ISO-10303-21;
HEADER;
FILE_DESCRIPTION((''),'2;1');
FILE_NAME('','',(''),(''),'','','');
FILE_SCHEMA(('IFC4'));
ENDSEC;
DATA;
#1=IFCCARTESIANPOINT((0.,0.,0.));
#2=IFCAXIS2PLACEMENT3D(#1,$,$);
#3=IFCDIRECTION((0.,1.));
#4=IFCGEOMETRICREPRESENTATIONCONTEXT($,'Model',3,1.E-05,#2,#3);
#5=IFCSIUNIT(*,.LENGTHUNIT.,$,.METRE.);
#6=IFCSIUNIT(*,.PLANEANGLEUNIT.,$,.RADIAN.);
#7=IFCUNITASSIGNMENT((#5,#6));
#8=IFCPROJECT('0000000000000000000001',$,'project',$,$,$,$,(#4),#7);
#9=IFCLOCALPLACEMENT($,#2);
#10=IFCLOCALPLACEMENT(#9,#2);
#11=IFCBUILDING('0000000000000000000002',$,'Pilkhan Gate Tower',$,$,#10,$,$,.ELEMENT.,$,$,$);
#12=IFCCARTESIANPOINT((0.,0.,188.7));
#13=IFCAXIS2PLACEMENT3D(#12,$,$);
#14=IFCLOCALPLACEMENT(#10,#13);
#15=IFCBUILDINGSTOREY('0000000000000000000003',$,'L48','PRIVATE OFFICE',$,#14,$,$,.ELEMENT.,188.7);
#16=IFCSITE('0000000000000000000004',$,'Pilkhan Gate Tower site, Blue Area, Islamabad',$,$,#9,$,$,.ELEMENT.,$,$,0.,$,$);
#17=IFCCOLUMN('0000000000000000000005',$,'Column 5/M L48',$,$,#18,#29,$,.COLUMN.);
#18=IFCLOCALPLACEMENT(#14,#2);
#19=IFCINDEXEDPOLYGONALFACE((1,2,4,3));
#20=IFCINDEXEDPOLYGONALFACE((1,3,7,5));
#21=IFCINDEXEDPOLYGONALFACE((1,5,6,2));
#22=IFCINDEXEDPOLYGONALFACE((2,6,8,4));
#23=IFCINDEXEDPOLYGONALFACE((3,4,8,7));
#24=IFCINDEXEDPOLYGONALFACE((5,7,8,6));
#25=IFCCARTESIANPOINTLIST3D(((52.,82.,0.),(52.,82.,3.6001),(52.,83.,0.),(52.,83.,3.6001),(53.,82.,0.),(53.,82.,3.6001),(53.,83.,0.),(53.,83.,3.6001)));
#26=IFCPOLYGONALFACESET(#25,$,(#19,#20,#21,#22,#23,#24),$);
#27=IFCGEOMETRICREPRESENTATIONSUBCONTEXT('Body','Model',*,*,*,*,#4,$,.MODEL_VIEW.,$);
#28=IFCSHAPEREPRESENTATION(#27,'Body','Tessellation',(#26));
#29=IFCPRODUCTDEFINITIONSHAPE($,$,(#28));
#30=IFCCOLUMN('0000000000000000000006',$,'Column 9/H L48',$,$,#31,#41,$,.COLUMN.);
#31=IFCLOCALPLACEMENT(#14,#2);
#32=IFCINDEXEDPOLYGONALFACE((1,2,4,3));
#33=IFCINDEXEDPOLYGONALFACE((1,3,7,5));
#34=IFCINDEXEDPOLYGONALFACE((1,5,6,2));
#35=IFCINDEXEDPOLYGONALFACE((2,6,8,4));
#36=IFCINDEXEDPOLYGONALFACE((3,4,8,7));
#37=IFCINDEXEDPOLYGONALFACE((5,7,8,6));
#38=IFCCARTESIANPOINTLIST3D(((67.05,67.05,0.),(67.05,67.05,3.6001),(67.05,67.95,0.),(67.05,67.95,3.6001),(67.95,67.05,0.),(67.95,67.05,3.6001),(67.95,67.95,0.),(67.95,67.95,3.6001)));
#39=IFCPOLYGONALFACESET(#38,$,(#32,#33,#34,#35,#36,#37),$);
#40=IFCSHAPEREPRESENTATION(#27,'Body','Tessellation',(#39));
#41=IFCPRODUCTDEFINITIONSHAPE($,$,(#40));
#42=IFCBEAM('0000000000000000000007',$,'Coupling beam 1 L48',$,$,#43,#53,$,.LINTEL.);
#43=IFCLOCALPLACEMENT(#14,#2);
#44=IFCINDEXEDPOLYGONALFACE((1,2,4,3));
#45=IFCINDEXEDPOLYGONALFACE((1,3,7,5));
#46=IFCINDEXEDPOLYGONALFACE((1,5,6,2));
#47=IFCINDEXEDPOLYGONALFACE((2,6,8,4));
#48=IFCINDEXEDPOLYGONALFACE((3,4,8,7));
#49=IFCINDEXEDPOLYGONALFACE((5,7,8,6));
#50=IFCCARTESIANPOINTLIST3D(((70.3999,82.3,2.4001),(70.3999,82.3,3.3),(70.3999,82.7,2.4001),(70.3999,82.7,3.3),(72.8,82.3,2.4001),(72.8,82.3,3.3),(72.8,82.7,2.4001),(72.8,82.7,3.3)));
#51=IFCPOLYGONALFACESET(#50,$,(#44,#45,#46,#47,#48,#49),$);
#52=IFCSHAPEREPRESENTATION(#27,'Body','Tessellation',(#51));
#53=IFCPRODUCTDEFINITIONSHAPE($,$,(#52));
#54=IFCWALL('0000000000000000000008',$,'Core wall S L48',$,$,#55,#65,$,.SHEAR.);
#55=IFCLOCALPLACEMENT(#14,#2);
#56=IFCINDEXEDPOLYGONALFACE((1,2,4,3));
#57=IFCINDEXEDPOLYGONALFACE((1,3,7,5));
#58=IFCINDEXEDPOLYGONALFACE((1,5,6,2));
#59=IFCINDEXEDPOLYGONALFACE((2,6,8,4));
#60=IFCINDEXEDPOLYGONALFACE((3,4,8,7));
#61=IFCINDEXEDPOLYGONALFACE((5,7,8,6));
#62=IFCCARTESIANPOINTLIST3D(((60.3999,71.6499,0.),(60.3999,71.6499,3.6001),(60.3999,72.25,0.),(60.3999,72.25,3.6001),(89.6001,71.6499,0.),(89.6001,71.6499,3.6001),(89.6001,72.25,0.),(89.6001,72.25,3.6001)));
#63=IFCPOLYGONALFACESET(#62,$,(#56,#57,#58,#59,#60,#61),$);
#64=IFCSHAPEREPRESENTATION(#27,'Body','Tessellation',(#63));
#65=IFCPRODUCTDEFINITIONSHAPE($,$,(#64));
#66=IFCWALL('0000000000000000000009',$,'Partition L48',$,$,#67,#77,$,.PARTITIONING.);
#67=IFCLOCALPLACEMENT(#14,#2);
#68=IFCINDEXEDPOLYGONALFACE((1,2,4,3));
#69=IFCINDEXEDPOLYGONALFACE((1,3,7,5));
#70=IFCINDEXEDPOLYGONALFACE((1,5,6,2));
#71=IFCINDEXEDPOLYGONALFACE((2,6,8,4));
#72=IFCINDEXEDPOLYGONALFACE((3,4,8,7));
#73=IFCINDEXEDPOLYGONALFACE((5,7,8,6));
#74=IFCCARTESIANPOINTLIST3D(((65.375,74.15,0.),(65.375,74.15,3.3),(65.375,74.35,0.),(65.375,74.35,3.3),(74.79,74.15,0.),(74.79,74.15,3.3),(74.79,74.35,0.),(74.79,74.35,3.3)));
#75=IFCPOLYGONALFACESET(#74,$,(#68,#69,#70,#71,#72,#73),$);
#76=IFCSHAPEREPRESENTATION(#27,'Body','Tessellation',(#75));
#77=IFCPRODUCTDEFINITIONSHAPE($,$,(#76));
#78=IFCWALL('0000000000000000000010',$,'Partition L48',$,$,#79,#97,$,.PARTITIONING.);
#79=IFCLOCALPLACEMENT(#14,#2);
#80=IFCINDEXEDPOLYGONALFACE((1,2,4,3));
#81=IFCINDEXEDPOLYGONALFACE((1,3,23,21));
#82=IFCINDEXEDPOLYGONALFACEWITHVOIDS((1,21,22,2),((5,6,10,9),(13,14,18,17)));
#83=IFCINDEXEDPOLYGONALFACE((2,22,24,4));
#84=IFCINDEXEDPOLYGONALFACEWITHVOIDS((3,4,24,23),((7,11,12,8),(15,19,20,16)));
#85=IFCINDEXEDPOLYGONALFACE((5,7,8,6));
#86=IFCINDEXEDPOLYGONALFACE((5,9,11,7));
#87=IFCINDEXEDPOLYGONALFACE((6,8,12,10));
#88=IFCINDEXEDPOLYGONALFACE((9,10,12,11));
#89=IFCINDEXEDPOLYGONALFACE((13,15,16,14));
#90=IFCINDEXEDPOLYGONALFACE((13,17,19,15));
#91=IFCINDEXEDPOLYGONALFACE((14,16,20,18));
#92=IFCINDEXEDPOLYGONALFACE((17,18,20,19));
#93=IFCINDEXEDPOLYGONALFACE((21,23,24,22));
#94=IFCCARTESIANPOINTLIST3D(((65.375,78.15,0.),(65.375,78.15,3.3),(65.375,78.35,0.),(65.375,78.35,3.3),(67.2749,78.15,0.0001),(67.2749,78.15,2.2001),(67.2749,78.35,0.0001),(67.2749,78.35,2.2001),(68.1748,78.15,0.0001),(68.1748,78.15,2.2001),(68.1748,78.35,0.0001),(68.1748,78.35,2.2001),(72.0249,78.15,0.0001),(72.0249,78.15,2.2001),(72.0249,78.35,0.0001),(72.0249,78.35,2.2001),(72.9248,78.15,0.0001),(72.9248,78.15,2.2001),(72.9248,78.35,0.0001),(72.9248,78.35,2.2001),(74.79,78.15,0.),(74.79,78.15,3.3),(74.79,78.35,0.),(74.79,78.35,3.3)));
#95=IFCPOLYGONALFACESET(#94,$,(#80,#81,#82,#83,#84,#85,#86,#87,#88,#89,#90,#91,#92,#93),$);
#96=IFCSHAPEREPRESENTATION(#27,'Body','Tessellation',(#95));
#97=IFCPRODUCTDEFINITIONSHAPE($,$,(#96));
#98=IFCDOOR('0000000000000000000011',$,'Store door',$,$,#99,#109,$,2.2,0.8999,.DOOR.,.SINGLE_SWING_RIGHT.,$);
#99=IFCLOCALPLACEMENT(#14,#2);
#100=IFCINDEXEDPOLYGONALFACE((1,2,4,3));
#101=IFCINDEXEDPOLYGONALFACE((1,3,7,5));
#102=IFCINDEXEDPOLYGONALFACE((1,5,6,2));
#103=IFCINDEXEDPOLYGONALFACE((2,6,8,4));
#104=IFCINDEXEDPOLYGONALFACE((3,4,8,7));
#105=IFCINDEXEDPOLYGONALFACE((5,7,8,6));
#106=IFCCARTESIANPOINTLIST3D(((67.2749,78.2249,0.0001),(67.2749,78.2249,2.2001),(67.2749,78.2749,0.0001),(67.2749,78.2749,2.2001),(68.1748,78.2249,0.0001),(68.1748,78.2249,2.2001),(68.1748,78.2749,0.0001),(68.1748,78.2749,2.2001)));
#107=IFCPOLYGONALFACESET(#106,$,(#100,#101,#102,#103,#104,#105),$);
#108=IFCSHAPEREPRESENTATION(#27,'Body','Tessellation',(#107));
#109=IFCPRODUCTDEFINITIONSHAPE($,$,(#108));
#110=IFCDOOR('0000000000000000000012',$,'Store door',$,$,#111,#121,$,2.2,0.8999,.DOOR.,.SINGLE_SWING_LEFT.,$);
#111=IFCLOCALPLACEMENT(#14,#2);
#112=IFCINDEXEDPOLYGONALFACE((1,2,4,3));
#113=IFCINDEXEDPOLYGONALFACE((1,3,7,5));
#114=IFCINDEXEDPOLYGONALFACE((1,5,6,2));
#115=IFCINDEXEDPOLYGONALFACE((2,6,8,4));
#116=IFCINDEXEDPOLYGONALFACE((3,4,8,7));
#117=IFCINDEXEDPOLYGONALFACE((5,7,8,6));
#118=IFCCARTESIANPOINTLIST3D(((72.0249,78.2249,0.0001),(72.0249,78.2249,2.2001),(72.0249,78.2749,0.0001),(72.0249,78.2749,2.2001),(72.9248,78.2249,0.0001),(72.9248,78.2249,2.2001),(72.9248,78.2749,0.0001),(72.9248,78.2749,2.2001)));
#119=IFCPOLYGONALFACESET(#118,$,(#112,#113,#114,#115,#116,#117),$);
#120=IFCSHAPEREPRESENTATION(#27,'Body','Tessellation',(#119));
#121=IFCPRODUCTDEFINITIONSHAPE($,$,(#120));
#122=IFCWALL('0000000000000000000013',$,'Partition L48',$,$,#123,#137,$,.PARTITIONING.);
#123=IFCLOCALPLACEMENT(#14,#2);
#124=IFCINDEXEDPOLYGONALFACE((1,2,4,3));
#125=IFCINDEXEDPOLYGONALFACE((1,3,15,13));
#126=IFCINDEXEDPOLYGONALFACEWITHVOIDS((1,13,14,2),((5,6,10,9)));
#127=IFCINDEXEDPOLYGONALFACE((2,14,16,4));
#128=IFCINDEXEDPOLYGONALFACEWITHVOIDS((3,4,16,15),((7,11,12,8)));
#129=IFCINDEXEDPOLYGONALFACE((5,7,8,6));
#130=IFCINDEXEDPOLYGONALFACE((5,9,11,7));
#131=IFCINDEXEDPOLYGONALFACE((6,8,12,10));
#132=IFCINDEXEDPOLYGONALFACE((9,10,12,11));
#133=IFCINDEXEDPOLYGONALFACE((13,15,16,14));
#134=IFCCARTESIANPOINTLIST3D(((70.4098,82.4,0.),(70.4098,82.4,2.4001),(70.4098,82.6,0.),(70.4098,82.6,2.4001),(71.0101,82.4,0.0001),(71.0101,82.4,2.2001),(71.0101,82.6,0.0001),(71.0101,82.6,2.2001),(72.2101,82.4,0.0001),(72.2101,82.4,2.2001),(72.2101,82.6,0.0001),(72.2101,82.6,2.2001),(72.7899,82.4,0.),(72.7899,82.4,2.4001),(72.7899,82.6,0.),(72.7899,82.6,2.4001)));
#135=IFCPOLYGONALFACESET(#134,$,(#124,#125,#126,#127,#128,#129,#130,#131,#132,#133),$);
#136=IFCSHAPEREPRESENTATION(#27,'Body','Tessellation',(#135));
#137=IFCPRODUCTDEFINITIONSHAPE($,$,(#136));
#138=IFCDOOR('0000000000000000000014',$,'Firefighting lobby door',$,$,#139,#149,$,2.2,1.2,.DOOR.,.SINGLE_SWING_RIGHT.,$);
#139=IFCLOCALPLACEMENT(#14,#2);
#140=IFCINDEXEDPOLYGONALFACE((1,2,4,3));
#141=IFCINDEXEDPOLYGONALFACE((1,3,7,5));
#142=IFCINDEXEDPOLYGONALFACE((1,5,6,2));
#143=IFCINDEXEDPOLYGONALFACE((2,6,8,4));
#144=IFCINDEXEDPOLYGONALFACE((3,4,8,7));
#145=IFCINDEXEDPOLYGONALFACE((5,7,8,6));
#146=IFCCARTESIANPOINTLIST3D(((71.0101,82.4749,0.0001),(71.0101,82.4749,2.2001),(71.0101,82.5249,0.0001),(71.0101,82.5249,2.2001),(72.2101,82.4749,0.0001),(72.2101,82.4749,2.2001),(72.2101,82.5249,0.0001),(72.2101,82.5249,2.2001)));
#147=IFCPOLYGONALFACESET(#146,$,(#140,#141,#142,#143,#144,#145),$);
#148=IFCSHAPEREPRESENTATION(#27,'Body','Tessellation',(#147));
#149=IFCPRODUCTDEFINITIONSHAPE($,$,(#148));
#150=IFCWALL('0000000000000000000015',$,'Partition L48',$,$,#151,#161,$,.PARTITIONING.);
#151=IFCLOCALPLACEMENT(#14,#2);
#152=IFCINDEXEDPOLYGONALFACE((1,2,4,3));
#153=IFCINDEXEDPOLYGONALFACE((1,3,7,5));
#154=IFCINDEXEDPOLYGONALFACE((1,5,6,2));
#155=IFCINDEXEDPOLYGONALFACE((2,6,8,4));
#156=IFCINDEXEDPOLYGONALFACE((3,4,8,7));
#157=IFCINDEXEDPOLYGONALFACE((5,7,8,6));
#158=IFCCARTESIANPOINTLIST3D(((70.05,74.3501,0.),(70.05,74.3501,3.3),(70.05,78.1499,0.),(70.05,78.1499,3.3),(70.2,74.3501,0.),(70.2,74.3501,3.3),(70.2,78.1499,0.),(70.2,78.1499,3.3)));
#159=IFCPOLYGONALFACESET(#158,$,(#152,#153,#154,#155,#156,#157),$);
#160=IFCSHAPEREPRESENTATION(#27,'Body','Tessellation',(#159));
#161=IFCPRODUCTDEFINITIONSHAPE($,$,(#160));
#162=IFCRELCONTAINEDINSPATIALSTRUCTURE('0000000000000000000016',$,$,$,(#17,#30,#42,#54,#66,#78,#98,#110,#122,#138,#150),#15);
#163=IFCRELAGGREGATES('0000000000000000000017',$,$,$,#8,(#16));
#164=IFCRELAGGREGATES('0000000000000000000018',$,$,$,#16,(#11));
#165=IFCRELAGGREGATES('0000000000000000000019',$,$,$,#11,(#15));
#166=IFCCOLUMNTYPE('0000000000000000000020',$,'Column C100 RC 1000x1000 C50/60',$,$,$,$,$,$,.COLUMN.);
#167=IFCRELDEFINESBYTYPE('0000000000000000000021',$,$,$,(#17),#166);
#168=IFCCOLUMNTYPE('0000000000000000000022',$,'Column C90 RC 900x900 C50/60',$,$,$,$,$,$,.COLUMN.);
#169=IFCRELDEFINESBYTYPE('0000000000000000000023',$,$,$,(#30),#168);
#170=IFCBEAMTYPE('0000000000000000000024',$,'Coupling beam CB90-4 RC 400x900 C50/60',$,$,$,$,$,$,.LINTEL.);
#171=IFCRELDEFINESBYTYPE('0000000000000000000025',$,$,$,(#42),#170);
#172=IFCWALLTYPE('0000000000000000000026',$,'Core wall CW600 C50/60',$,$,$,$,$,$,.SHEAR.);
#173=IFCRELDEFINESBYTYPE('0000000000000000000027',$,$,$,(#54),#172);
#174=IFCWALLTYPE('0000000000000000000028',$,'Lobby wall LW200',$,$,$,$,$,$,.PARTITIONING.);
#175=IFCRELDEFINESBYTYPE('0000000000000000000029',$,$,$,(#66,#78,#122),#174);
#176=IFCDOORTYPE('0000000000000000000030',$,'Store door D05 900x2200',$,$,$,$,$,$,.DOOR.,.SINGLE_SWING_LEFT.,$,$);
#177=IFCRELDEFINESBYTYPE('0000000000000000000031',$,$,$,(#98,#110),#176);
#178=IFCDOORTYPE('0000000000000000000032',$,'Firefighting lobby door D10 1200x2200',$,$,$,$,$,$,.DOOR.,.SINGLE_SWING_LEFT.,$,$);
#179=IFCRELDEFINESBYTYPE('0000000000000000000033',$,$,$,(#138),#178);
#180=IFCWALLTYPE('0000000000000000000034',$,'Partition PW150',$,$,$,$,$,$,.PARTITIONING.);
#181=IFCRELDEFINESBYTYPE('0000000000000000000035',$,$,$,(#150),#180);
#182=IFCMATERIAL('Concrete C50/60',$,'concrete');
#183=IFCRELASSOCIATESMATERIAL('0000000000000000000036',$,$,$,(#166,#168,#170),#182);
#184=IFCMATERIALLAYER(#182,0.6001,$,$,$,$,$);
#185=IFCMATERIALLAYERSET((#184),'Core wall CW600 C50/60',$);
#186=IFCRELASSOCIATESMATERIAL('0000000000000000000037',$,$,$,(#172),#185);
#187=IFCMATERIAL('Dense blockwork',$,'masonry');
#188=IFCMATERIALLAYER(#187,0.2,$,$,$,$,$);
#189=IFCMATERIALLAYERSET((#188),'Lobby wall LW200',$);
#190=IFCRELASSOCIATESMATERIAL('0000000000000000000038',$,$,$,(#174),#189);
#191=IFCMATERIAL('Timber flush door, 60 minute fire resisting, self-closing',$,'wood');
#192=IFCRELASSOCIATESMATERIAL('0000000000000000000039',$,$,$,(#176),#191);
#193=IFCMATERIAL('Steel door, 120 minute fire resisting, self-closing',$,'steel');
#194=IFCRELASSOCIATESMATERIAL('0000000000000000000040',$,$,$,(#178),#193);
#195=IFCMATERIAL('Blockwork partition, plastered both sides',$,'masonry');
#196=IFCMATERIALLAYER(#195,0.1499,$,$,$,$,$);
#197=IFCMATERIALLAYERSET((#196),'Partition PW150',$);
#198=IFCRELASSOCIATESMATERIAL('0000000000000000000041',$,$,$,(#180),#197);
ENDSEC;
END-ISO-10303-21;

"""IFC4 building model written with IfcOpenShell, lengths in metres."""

from ifc_helpers import new_model, si_unit, direction, frame, frame_2d, origin, origin_2d, place, context, subcontext, project, spatial, rectangle, extrude, material, layer, layer_set, material_profile, profile_set, type_object, element, fill, save


model = new_model("IFC4")

# Units and contexts
model_context = context("Model", 3, precision=1e-05, world=origin(), true_north=direction((0.0, 1.0)))
body_context = subcontext(model_context, "Body", "Model", "MODEL_VIEW")
ifc_project = project(units=[si_unit("LENGTHUNIT", "METRE"), si_unit("PLANEANGLEUNIT", "RADIAN")], contexts=[model_context])

# Site, building, storey
site_placement = place(None, origin())
site = spatial("IfcSite", under=ifc_project, at=site_placement, Name="Pilkhan Gate Tower site, Blue Area, Islamabad", CompositionType="ELEMENT", RefElevation=0.0)
building_placement = place(site_placement, origin())
building = spatial("IfcBuilding", under=site, at=building_placement, Name="Pilkhan Gate Tower", CompositionType="ELEMENT")
storey_placement = place(building_placement, frame((0.0, 0.0, 188.7)))
storey = spatial("IfcBuildingStorey", under=building, at=storey_placement, Name="L48", Description="PRIVATE OFFICE", CompositionType="ELEMENT", Elevation=188.7)

# Columns
ifc_material_1 = material(Name="Concrete C50/60", Category="concrete")
ifc_material_profile_1 = material_profile(ifc_material_1, rectangle(XDim=1.0, YDim=1.0, at=origin_2d()), Name="RC 1000x1000")
ifc_profile_set_1 = profile_set([ifc_material_profile_1], Name="Concrete C50/60")
column_type_1 = type_object("IfcColumnType", Name="Column C100 RC 1000x1000 C50/60", PredefinedType="COLUMN", material=ifc_profile_set_1)
column_1_placement = place(storey_placement, frame((52.5, 82.5, 0.0), z_axis=(0.0, 0.0, 1.0), x_axis=(1.0, 0.0, 0.0)))
element("IfcColumn", 1, at=column_1_placement, inside=storey, type_object=column_type_1, Name="Column 5/M L48", PredefinedType="COLUMN", context=body_context, shape_type="SweptSolid", body=[
    extrude(rectangle(XDim=1.0, YDim=1.0, at=origin_2d()), origin(), (0.0, 0.0, 1.0), 3.6001),
])
ifc_material_profile_2 = material_profile(ifc_material_1, rectangle(XDim=0.8999, YDim=0.8999, at=origin_2d()), Name="RC 900x900")
ifc_profile_set_2 = profile_set([ifc_material_profile_2], Name="Concrete C50/60")
column_type_2 = type_object("IfcColumnType", Name="Column C90 RC 900x900 C50/60", PredefinedType="COLUMN", material=ifc_profile_set_2)
column_2_placement = place(storey_placement, frame((67.5, 67.5, 0.0), z_axis=(0.0, 0.0, 1.0), x_axis=(1.0, 0.0, 0.0)))
element("IfcColumn", 2, at=column_2_placement, inside=storey, type_object=column_type_2, Name="Column 9/H L48", PredefinedType="COLUMN", context=body_context, shape_type="SweptSolid", body=[
    extrude(rectangle(XDim=0.8999, YDim=0.8999, at=origin_2d()), origin(), (0.0, 0.0, 1.0), 3.6001),
])

# Beam
ifc_material_profile_3 = material_profile(ifc_material_1, rectangle(XDim=0.3999, YDim=0.8999, at=origin_2d()), Name="RC 400x900")
ifc_profile_set_3 = profile_set([ifc_material_profile_3], Name="Concrete C50/60")
beam_type = type_object("IfcBeamType", Name="Coupling beam CB90-4 RC 400x900 C50/60", PredefinedType="LINTEL", material=ifc_profile_set_3)
beam_placement = place(storey_placement, frame((70.3999, 82.5, 2.8501), z_axis=(1.0, 0.0, 0.0), x_axis=(0.0, 1.0, 0.0)))
element("IfcBeam", 3, at=beam_placement, inside=storey, type_object=beam_type, Name="Coupling beam 1 L48", PredefinedType="LINTEL", context=body_context, shape_type="SweptSolid", body=[
    extrude(rectangle(XDim=0.3999, YDim=0.8999, at=origin_2d()), origin(), (0.0, 0.0, 1.0), 2.4001),
])

# Walls
ifc_layer_1 = layer(ifc_material_1, 0.6001)
ifc_layer_set_1 = layer_set([ifc_layer_1], Name="Core wall CW600 C50/60")
wall_type_1 = type_object("IfcWallType", Name="Core wall CW600 C50/60", PredefinedType="SHEAR", material=ifc_layer_set_1)
wall_1_placement = place(storey_placement, frame((60.3999, 71.95, 0.0), z_axis=(0.0, 0.0, 1.0), x_axis=(1.0, 0.0, 0.0)))
element("IfcWall", 4, at=wall_1_placement, inside=storey, type_object=wall_type_1, Name="Core wall S L48", PredefinedType="SHEAR", context=body_context, shape_type="SweptSolid", body=[
    extrude(rectangle(XDim=29.2002, YDim=0.6001, at=frame_2d((14.6001, 0.0))), origin(), (0.0, 0.0, 1.0), 3.6001),
])
ifc_material_2 = material(Name="Dense blockwork", Category="masonry")
ifc_layer_2 = layer(ifc_material_2, 0.2)
ifc_layer_set_2 = layer_set([ifc_layer_2], Name="Lobby wall LW200")
wall_type_2 = type_object("IfcWallType", Name="Lobby wall LW200", PredefinedType="PARTITIONING", material=ifc_layer_set_2)
wall_2_placement = place(storey_placement, frame((65.375, 74.25, 0.0), z_axis=(0.0, 0.0, 1.0), x_axis=(1.0, 0.0, 0.0)))
element("IfcWall", 5, at=wall_2_placement, inside=storey, type_object=wall_type_2, Name="Partition L48", PredefinedType="PARTITIONING", context=body_context, shape_type="SweptSolid", body=[
    extrude(rectangle(XDim=9.415, YDim=0.2, at=frame_2d((4.7075, 0.0))), origin(), (0.0, 0.0, 1.0), 3.3),
])

# Wall, openings, doors
wall_3_placement = place(storey_placement, frame((65.375, 78.25, 0.0), z_axis=(0.0, 0.0, 1.0), x_axis=(1.0, 0.0, 0.0)))
wall_3 = element("IfcWall", 6, at=wall_3_placement, inside=storey, type_object=wall_type_2, Name="Partition L48", PredefinedType="PARTITIONING", context=body_context, shape_type="SweptSolid", body=[
    extrude(rectangle(XDim=9.415, YDim=0.2, at=frame_2d((4.7075, 0.0))), origin(), (0.0, 0.0, 1.0), 3.3),
])
opening_1_placement = place(wall_3_placement, frame((1.8999, 0.0, 0.0)))
opening_1 = element("IfcOpeningElement", 7, at=opening_1_placement, cuts=wall_3, PredefinedType="OPENING", context=body_context, shape_type="SweptSolid", body=[
    extrude(rectangle(XDim=0.8999, YDim=2.2, at=frame_2d((0.45, 1.1001))), frame((0.0, 0.1099, 0.0), z_axis=(0.0, -1.0, 0.0), x_axis=(1.0, 0.0, 0.0)), (0.0, 0.0, 1.0), 0.22),
])
opening_2_placement = place(wall_3_placement, frame((6.6499, 0.0, 0.0)))
opening_2 = element("IfcOpeningElement", 8, at=opening_2_placement, cuts=wall_3, PredefinedType="OPENING", context=body_context, shape_type="SweptSolid", body=[
    extrude(rectangle(XDim=0.8999, YDim=2.2, at=frame_2d((0.45, 1.1001))), frame((0.0, 0.1099, 0.0), z_axis=(0.0, -1.0, 0.0), x_axis=(1.0, 0.0, 0.0)), (0.0, 0.0, 1.0), 0.22),
])
ifc_material_3 = material(Name="Timber flush door, 60 minute fire resisting, self-closing", Category="wood")
door_type_1 = type_object("IfcDoorType", Name="Store door D05 900x2200", OperationType="SINGLE_SWING_LEFT", PredefinedType="DOOR", material=ifc_material_3)
door_1_placement = place(opening_1_placement, origin())
door_1 = element("IfcDoor", 9, at=door_1_placement, inside=storey, type_object=door_type_1, Name="Store door", OperationType="SINGLE_SWING_RIGHT", OverallHeight=2.2, OverallWidth=0.8999, PredefinedType="DOOR", context=body_context, shape_type="SweptSolid", body=[
    extrude(rectangle(XDim=0.8999, YDim=2.2, at=frame_2d((0.45, 1.1001))), frame((0.0, 0.0249, 0.0), z_axis=(0.0, -1.0, 0.0), x_axis=(1.0, 0.0, 0.0)), (0.0, 0.0, 1.0), 0.05),
])
fill(opening_1, door_1)
door_2_placement = place(opening_2_placement, origin())
door_2 = element("IfcDoor", 10, at=door_2_placement, inside=storey, type_object=door_type_1, Name="Store door", OperationType="SINGLE_SWING_LEFT", OverallHeight=2.2, OverallWidth=0.8999, PredefinedType="DOOR", context=body_context, shape_type="SweptSolid", body=[
    extrude(rectangle(XDim=0.8999, YDim=2.2, at=frame_2d((0.45, 1.1001))), frame((0.0, 0.0249, 0.0), z_axis=(0.0, -1.0, 0.0), x_axis=(1.0, 0.0, 0.0)), (0.0, 0.0, 1.0), 0.05),
])
fill(opening_2, door_2)

# Wall, opening, door
wall_4_placement = place(storey_placement, frame((70.4099, 82.5, 0.0), z_axis=(0.0, 0.0, 1.0), x_axis=(1.0, 0.0, 0.0)))
wall_4 = element("IfcWall", 11, at=wall_4_placement, inside=storey, type_object=wall_type_2, Name="Partition L48", PredefinedType="PARTITIONING", context=body_context, shape_type="SweptSolid", body=[
    extrude(rectangle(XDim=2.3801, YDim=0.2, at=frame_2d((1.1899, 0.0))), origin(), (0.0, 0.0, 1.0), 2.4001),
])
opening_3_placement = place(wall_4_placement, frame((0.6001, 0.0, 0.0)))
opening_3 = element("IfcOpeningElement", 12, at=opening_3_placement, cuts=wall_4, PredefinedType="OPENING", context=body_context, shape_type="SweptSolid", body=[
    extrude(rectangle(XDim=1.2, YDim=2.2, at=frame_2d((0.6001, 1.1001))), frame((0.0, 0.1099, 0.0), z_axis=(0.0, -1.0, 0.0), x_axis=(1.0, 0.0, 0.0)), (0.0, 0.0, 1.0), 0.22),
])
ifc_material_4 = material(Name="Steel door, 120 minute fire resisting, self-closing", Category="steel")
door_type_2 = type_object("IfcDoorType", Name="Firefighting lobby door D10 1200x2200", OperationType="SINGLE_SWING_LEFT", PredefinedType="DOOR", material=ifc_material_4)
door_3_placement = place(opening_3_placement, origin())
door_3 = element("IfcDoor", 13, at=door_3_placement, inside=storey, type_object=door_type_2, Name="Firefighting lobby door", OperationType="SINGLE_SWING_RIGHT", OverallHeight=2.2, OverallWidth=1.2, PredefinedType="DOOR", context=body_context, shape_type="SweptSolid", body=[
    extrude(rectangle(XDim=1.2, YDim=2.2, at=frame_2d((0.6001, 1.1001))), frame((0.0, 0.0249, 0.0), z_axis=(0.0, -1.0, 0.0), x_axis=(1.0, 0.0, 0.0)), (0.0, 0.0, 1.0), 0.05),
])
fill(opening_3, door_3)

# Wall
ifc_material_5 = material(Name="Blockwork partition, plastered both sides", Category="masonry")
ifc_layer_3 = layer(ifc_material_5, 0.1499)
ifc_layer_set_3 = layer_set([ifc_layer_3], Name="Partition PW150")
wall_type_3 = type_object("IfcWallType", Name="Partition PW150", PredefinedType="PARTITIONING", material=ifc_layer_set_3)
wall_5_placement = place(storey_placement, frame((70.125, 74.3501, 0.0), z_axis=(0.0, 0.0, 1.0), x_axis=(0.0, 1.0, 0.0)))
element("IfcWall", 14, at=wall_5_placement, inside=storey, type_object=wall_type_3, Name="Partition L48", PredefinedType="PARTITIONING", context=body_context, shape_type="SweptSolid", body=[
    extrude(rectangle(XDim=3.7998, YDim=0.1499, at=frame_2d((1.8999, 0.0))), origin(), (0.0, 0.0, 1.0), 3.3),
])

save(model, "model.ifc")
